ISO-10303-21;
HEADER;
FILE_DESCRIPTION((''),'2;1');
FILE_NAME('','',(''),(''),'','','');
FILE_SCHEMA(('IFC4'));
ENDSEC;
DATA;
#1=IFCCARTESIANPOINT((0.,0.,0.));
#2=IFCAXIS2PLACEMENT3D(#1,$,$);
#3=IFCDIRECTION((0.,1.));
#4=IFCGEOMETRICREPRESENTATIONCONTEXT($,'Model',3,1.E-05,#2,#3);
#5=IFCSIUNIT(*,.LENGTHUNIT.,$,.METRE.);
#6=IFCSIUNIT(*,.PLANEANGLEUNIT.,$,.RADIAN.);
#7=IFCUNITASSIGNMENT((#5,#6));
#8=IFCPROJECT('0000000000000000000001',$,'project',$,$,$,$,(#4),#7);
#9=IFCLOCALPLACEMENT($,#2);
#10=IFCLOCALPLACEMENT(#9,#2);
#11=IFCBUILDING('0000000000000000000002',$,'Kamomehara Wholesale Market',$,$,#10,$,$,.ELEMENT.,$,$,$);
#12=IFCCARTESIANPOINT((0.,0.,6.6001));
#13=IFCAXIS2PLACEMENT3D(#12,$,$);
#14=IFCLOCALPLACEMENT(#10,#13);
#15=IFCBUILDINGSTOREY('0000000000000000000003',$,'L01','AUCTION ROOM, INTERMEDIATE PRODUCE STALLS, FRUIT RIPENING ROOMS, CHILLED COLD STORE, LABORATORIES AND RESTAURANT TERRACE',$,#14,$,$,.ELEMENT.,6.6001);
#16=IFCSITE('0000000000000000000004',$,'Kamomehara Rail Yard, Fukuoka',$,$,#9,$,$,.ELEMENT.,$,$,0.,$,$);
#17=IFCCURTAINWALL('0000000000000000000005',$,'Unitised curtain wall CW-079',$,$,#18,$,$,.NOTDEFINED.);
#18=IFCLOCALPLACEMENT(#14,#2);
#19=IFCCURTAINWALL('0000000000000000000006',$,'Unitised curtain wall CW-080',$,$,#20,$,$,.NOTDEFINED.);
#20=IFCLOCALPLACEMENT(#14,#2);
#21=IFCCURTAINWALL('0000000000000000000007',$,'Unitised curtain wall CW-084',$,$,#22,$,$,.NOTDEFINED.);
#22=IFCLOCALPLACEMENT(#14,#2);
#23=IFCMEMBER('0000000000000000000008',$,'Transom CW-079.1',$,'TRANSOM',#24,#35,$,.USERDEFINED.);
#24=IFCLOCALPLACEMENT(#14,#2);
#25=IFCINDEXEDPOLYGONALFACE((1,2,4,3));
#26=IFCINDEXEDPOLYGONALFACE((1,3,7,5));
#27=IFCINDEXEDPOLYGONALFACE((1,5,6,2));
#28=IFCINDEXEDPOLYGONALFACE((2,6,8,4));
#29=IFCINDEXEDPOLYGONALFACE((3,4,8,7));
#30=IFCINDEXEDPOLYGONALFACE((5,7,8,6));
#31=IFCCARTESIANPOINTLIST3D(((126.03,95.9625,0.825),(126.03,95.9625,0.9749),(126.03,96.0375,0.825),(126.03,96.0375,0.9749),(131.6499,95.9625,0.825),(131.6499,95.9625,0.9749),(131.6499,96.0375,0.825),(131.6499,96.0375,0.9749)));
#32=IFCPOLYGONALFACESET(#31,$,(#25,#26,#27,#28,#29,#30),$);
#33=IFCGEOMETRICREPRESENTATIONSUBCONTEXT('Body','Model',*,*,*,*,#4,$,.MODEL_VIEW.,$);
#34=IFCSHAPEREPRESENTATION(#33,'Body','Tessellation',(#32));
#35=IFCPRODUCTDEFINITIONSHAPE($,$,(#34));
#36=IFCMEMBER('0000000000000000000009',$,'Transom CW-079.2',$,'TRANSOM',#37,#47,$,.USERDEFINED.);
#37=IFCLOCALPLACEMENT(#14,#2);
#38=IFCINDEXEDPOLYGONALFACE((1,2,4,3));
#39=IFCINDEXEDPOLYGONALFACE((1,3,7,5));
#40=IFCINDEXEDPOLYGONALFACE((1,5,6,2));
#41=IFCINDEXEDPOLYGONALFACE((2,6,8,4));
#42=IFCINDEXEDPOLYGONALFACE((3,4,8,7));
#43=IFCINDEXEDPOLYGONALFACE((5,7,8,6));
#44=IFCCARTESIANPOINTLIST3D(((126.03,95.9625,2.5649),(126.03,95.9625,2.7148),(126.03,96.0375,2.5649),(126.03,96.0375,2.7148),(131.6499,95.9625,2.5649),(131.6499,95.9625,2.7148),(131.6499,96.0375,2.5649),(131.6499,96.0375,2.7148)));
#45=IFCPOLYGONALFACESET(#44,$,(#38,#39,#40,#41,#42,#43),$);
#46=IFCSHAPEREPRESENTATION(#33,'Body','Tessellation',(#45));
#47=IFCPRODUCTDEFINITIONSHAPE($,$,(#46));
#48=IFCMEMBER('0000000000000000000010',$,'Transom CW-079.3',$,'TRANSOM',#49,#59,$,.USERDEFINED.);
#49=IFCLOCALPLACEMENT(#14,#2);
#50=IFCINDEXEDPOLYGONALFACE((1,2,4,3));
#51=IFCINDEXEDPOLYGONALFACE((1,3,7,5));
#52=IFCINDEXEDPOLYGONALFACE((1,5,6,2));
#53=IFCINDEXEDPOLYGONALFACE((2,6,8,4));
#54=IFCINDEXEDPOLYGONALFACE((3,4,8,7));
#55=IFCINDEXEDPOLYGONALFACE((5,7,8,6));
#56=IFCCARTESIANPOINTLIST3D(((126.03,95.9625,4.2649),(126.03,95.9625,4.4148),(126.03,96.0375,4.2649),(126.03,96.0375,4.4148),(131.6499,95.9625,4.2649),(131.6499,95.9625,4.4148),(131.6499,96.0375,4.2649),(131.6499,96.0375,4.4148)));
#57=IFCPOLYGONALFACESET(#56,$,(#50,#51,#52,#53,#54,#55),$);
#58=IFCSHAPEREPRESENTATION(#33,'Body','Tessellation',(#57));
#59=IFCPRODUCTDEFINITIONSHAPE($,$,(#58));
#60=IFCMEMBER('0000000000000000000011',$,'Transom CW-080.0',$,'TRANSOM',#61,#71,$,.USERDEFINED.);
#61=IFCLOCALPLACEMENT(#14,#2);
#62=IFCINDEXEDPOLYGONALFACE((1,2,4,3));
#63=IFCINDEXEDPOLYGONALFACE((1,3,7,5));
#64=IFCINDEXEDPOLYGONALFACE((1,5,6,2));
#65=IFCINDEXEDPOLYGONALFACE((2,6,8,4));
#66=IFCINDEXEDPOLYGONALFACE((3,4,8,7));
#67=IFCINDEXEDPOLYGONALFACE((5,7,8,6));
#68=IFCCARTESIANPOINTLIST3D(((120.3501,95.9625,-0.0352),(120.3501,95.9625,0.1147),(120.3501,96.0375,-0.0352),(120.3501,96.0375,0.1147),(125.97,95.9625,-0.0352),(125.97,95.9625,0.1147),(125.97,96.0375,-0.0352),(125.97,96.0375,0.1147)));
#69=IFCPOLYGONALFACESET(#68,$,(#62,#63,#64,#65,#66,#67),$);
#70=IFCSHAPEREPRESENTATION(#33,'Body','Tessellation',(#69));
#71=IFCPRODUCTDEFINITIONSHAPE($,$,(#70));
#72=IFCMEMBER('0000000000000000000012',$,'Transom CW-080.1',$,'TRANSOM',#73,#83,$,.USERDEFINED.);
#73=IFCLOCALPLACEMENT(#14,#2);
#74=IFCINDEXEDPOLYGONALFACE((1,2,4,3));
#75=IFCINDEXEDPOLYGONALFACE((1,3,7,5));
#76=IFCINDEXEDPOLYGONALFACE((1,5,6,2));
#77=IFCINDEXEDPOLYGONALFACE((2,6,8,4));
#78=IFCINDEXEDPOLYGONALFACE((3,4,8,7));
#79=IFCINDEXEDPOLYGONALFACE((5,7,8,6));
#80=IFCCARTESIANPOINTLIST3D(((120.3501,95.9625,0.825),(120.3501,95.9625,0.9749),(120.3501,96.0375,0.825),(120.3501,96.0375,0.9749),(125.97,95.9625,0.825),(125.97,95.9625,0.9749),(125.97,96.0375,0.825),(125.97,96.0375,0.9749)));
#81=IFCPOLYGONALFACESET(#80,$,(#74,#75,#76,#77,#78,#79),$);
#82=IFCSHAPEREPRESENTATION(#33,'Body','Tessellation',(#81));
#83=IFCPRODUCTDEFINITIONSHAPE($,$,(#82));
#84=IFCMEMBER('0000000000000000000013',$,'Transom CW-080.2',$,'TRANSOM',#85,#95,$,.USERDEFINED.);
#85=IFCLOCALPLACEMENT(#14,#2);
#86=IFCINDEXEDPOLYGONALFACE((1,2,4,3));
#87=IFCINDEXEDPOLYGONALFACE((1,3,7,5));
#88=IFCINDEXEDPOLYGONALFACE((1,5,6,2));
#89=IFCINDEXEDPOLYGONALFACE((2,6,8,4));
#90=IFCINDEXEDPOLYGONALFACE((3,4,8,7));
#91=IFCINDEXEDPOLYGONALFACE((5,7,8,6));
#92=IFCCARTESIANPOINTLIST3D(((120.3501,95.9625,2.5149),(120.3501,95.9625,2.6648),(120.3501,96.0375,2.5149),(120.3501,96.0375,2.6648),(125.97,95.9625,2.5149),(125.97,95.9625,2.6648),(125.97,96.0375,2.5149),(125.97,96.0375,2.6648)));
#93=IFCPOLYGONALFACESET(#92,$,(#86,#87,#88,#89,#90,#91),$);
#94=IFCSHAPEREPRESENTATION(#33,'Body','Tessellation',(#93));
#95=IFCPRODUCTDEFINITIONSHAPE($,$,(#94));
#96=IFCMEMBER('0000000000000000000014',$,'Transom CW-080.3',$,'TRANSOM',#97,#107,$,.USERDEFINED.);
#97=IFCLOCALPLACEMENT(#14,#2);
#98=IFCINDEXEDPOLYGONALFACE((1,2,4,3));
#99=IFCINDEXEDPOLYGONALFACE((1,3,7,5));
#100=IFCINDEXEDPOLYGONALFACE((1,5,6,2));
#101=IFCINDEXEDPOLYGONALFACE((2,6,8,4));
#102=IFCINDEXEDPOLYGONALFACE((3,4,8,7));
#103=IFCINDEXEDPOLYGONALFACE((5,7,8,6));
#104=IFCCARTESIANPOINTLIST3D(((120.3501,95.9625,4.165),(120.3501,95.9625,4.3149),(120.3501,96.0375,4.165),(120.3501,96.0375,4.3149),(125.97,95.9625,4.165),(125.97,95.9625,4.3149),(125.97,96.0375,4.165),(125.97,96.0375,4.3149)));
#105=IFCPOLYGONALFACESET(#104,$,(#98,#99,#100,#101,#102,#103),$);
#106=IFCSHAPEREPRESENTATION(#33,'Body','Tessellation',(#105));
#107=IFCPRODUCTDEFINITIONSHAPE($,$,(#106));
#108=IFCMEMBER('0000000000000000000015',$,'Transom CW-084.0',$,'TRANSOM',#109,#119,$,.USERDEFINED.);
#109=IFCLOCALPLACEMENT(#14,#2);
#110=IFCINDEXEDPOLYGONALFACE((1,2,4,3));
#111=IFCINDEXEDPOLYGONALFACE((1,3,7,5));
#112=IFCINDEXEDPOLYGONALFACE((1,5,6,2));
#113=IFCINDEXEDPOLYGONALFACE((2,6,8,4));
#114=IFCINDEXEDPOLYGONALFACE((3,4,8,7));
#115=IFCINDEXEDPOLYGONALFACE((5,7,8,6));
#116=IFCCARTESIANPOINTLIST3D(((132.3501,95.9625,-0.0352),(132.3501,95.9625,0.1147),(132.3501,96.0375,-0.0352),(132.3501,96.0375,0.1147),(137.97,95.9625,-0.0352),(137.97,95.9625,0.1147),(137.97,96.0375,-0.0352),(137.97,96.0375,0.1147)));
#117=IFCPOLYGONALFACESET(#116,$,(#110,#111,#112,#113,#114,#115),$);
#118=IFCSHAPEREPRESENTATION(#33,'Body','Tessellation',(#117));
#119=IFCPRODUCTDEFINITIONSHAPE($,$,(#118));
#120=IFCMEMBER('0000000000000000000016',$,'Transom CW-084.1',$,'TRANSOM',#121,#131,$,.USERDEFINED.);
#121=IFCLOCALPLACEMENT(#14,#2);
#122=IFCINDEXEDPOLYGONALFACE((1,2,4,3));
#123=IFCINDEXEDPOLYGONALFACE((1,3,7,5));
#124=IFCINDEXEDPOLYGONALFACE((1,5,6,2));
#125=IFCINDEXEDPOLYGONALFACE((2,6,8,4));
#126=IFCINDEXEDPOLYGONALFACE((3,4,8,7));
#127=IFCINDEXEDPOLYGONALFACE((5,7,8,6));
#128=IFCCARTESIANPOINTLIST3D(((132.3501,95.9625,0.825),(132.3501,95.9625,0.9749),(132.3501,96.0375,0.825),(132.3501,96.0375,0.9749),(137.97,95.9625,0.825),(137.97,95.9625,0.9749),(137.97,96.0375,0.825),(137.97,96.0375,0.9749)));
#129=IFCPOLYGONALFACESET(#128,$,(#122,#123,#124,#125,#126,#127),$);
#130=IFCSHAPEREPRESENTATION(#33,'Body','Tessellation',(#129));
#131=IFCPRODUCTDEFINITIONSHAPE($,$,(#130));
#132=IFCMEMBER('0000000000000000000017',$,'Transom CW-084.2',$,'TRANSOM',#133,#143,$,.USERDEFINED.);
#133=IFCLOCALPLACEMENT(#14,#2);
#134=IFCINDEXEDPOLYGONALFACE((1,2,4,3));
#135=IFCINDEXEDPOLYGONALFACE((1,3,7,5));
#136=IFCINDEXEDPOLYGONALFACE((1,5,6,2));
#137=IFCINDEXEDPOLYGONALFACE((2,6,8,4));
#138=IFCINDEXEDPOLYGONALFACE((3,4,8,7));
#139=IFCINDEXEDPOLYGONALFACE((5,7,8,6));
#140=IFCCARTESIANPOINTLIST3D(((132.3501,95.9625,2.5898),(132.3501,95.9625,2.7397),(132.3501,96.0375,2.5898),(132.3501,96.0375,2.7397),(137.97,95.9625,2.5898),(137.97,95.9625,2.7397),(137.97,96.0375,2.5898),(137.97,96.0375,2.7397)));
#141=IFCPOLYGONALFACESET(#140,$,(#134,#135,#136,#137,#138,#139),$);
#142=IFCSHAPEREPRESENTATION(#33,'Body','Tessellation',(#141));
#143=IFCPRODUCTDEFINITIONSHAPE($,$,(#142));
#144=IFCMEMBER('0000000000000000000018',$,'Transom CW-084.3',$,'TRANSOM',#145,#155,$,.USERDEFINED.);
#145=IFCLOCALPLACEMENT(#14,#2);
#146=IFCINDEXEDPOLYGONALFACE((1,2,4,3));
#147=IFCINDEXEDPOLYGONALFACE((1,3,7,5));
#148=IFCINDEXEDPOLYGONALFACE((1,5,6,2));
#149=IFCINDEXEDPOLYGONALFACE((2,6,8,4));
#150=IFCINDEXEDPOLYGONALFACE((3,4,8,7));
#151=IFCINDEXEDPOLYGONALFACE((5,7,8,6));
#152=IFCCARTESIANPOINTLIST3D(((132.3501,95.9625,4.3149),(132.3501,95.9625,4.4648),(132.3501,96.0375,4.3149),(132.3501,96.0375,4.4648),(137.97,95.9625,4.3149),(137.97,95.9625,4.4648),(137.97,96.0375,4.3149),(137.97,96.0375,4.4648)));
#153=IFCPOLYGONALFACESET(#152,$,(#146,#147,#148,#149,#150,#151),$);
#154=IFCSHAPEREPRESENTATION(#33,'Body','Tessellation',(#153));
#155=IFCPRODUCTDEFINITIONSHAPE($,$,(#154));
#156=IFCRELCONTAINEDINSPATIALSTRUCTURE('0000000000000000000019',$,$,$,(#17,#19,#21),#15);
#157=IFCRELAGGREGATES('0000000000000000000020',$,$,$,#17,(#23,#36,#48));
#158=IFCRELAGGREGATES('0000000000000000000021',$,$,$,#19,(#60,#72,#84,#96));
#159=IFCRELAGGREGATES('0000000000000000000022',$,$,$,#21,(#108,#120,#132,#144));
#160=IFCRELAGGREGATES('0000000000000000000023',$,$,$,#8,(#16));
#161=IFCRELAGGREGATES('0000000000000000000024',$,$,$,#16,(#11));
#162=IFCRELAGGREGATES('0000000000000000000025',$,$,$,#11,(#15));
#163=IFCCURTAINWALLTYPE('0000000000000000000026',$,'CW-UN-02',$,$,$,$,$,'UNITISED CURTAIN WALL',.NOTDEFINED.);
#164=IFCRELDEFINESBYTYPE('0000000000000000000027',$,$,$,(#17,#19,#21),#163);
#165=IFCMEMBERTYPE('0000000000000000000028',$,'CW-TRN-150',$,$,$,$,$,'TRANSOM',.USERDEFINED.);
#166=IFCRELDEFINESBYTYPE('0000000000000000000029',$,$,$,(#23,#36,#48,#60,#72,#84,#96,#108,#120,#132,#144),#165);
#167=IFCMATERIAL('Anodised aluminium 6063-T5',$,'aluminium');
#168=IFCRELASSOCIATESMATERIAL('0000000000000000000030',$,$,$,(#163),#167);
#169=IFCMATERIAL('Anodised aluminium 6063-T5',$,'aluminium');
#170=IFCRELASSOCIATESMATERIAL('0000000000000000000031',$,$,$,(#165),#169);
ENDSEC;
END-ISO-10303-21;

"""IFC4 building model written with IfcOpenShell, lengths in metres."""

from ifc_helpers import new_model, si_unit, direction, frame, origin, origin_2d, place, context, subcontext, project, spatial, rectangle, extrude, material, material_profile, profile_set, type_object, element, aggregate, save


model = new_model("IFC4")

# Units and contexts
model_context = context("Model", 3, precision=1e-05, world=origin(), true_north=direction((0.0, 1.0)))
body_context = subcontext(model_context, "Body", "Model", "MODEL_VIEW")
ifc_project = project(units=[si_unit("LENGTHUNIT", "METRE"), si_unit("PLANEANGLEUNIT", "RADIAN")], contexts=[model_context])

# Site, building, storey
site_placement = place(None, origin())
site = spatial("IfcSite", under=ifc_project, at=site_placement, Name="Kamomehara Rail Yard, Fukuoka", CompositionType="ELEMENT", RefElevation=0.0)
building_placement = place(site_placement, origin())
building = spatial("IfcBuilding", under=site, at=building_placement, Name="Kamomehara Wholesale Market", CompositionType="ELEMENT")
storey_placement = place(building_placement, frame((0.0, 0.0, 6.6001)))
storey = spatial("IfcBuildingStorey", under=building, at=storey_placement, Name="L01", Description="AUCTION ROOM, INTERMEDIATE PRODUCE STALLS, FRUIT RIPENING ROOMS, CHILLED COLD STORE, LABORATORIES AND RESTAURANT TERRACE", CompositionType="ELEMENT", Elevation=6.6001)

# Curtain wall
ifc_material_1 = material(Name="Anodised aluminium 6063-T5", Category="aluminium")
curtain_wall_type = type_object("IfcCurtainWallType", Name="CW-UN-02", ElementType="UNITISED CURTAIN WALL", PredefinedType="NOTDEFINED", material=ifc_material_1)
curtain_wall_1_placement = place(storey_placement, origin())
curtain_wall_1 = element("IfcCurtainWall", 1, at=curtain_wall_1_placement, inside=storey, type_object=curtain_wall_type, Name="Unitised curtain wall CW-079", PredefinedType="NOTDEFINED")

# Curtain wall
curtain_wall_2_placement = place(storey_placement, origin())
curtain_wall_2 = element("IfcCurtainWall", 2, at=curtain_wall_2_placement, inside=storey, type_object=curtain_wall_type, Name="Unitised curtain wall CW-080", PredefinedType="NOTDEFINED")

# Curtain wall
curtain_wall_3_placement = place(storey_placement, origin())
curtain_wall_3 = element("IfcCurtainWall", 3, at=curtain_wall_3_placement, inside=storey, type_object=curtain_wall_type, Name="Unitised curtain wall CW-084", PredefinedType="NOTDEFINED")

# Members
ifc_material_2 = material(Name="Anodised aluminium 6063-T5", Category="aluminium")
ifc_material_profile_1 = material_profile(ifc_material_2, rectangle(XDim=0.075, YDim=0.1499, at=origin_2d()), Name="ALU-TRN-75x150")
ifc_profile_set_1 = profile_set([ifc_material_profile_1], Name="Anodised aluminium 6063-T5")
member_type_1 = type_object("IfcMemberType", Name="CW-TRN-150", ElementType="TRANSOM", PredefinedType="USERDEFINED", material=ifc_profile_set_1)
member_1_placement = place(storey_placement, frame((131.6499, 96.0, 0.8999), z_axis=(-1.0, 0.0, 0.0), x_axis=(0.0, -1.0, 0.0)))
member_1 = element("IfcMember", 4, at=member_1_placement, type_object=member_type_1, Name="Transom CW-079.1", ObjectType="TRANSOM", PredefinedType="USERDEFINED", context=body_context, shape_type="SweptSolid", body=[
    extrude(rectangle(XDim=0.075, YDim=0.1499, at=origin_2d()), origin(), (0.0, 0.0, 1.0), 5.6199),
])
member_2_placement = place(storey_placement, frame((131.6499, 96.0, 2.6399), z_axis=(-1.0, 0.0, 0.0), x_axis=(0.0, -1.0, 0.0)))
member_2 = element("IfcMember", 5, at=member_2_placement, type_object=member_type_1, Name="Transom CW-079.2", ObjectType="TRANSOM", PredefinedType="USERDEFINED", context=body_context, shape_type="SweptSolid", body=[
    extrude(rectangle(XDim=0.075, YDim=0.1499, at=origin_2d()), origin(), (0.0, 0.0, 1.0), 5.6199),
])
member_3_placement = place(storey_placement, frame((131.6499, 96.0, 4.3398), z_axis=(-1.0, 0.0, 0.0), x_axis=(0.0, -1.0, 0.0)))
member_3 = element("IfcMember", 6, at=member_3_placement, type_object=member_type_1, Name="Transom CW-079.3", ObjectType="TRANSOM", PredefinedType="USERDEFINED", context=body_context, shape_type="SweptSolid", body=[
    extrude(rectangle(XDim=0.075, YDim=0.1499, at=origin_2d()), origin(), (0.0, 0.0, 1.0), 5.6199),
])
aggregate(curtain_wall_1, [member_1, member_2, member_3])
member_4_placement = place(storey_placement, frame((125.97, 96.0, 0.0398), z_axis=(-1.0, 0.0, 0.0), x_axis=(0.0, -1.0, 0.0)))
member_4 = element("IfcMember", 7, at=member_4_placement, type_object=member_type_1, Name="Transom CW-080.0", ObjectType="TRANSOM", PredefinedType="USERDEFINED", context=body_context, shape_type="SweptSolid", body=[
    extrude(rectangle(XDim=0.075, YDim=0.1499, at=origin_2d()), origin(), (0.0, 0.0, 1.0), 5.6199),
])
member_5_placement = place(storey_placement, frame((125.97, 96.0, 0.8999), z_axis=(-1.0, 0.0, 0.0), x_axis=(0.0, -1.0, 0.0)))
member_5 = element("IfcMember", 8, at=member_5_placement, type_object=member_type_1, Name="Transom CW-080.1", ObjectType="TRANSOM", PredefinedType="USERDEFINED", context=body_context, shape_type="SweptSolid", body=[
    extrude(rectangle(XDim=0.075, YDim=0.1499, at=origin_2d()), origin(), (0.0, 0.0, 1.0), 5.6199),
])
member_6_placement = place(storey_placement, frame((125.97, 96.0, 2.5898), z_axis=(-1.0, 0.0, 0.0), x_axis=(0.0, -1.0, 0.0)))
member_6 = element("IfcMember", 9, at=member_6_placement, type_object=member_type_1, Name="Transom CW-080.2", ObjectType="TRANSOM", PredefinedType="USERDEFINED", context=body_context, shape_type="SweptSolid", body=[
    extrude(rectangle(XDim=0.075, YDim=0.1499, at=origin_2d()), origin(), (0.0, 0.0, 1.0), 5.6199),
])
member_7_placement = place(storey_placement, frame((125.97, 96.0, 4.24), z_axis=(-1.0, 0.0, 0.0), x_axis=(0.0, -1.0, 0.0)))
member_7 = element("IfcMember", 10, at=member_7_placement, type_object=member_type_1, Name="Transom CW-080.3", ObjectType="TRANSOM", PredefinedType="USERDEFINED", context=body_context, shape_type="SweptSolid", body=[
    extrude(rectangle(XDim=0.075, YDim=0.1499, at=origin_2d()), origin(), (0.0, 0.0, 1.0), 5.6199),
])
aggregate(curtain_wall_2, [member_4, member_5, member_6, member_7])
member_8_placement = place(storey_placement, frame((137.97, 96.0, 0.0398), z_axis=(-1.0, 0.0, 0.0), x_axis=(0.0, -1.0, 0.0)))
member_8 = element("IfcMember", 11, at=member_8_placement, type_object=member_type_1, Name="Transom CW-084.0", ObjectType="TRANSOM", PredefinedType="USERDEFINED", context=body_context, shape_type="SweptSolid", body=[
    extrude(rectangle(XDim=0.075, YDim=0.1499, at=origin_2d()), origin(), (0.0, 0.0, 1.0), 5.6199),
])
member_9_placement = place(storey_placement, frame((137.97, 96.0, 0.8999), z_axis=(-1.0, 0.0, 0.0), x_axis=(0.0, -1.0, 0.0)))
member_9 = element("IfcMember", 12, at=member_9_placement, type_object=member_type_1, Name="Transom CW-084.1", ObjectType="TRANSOM", PredefinedType="USERDEFINED", context=body_context, shape_type="SweptSolid", body=[
    extrude(rectangle(XDim=0.075, YDim=0.1499, at=origin_2d()), origin(), (0.0, 0.0, 1.0), 5.6199),
])
member_10_placement = place(storey_placement, frame((137.97, 96.0, 2.6648), z_axis=(-1.0, 0.0, 0.0), x_axis=(0.0, -1.0, 0.0)))
member_10 = element("IfcMember", 13, at=member_10_placement, type_object=member_type_1, Name="Transom CW-084.2", ObjectType="TRANSOM", PredefinedType="USERDEFINED", context=body_context, shape_type="SweptSolid", body=[
    extrude(rectangle(XDim=0.075, YDim=0.1499, at=origin_2d()), origin(), (0.0, 0.0, 1.0), 5.6199),
])
member_11_placement = place(storey_placement, frame((137.97, 96.0, 4.3899), z_axis=(-1.0, 0.0, 0.0), x_axis=(0.0, -1.0, 0.0)))
member_11 = element("IfcMember", 14, at=member_11_placement, type_object=member_type_1, Name="Transom CW-084.3", ObjectType="TRANSOM", PredefinedType="USERDEFINED", context=body_context, shape_type="SweptSolid", body=[
    extrude(rectangle(XDim=0.075, YDim=0.1499, at=origin_2d()), origin(), (0.0, 0.0, 1.0), 5.6199),
])
aggregate(curtain_wall_3, [member_8, member_9, member_10, member_11])

save(model, "model.ifc")
